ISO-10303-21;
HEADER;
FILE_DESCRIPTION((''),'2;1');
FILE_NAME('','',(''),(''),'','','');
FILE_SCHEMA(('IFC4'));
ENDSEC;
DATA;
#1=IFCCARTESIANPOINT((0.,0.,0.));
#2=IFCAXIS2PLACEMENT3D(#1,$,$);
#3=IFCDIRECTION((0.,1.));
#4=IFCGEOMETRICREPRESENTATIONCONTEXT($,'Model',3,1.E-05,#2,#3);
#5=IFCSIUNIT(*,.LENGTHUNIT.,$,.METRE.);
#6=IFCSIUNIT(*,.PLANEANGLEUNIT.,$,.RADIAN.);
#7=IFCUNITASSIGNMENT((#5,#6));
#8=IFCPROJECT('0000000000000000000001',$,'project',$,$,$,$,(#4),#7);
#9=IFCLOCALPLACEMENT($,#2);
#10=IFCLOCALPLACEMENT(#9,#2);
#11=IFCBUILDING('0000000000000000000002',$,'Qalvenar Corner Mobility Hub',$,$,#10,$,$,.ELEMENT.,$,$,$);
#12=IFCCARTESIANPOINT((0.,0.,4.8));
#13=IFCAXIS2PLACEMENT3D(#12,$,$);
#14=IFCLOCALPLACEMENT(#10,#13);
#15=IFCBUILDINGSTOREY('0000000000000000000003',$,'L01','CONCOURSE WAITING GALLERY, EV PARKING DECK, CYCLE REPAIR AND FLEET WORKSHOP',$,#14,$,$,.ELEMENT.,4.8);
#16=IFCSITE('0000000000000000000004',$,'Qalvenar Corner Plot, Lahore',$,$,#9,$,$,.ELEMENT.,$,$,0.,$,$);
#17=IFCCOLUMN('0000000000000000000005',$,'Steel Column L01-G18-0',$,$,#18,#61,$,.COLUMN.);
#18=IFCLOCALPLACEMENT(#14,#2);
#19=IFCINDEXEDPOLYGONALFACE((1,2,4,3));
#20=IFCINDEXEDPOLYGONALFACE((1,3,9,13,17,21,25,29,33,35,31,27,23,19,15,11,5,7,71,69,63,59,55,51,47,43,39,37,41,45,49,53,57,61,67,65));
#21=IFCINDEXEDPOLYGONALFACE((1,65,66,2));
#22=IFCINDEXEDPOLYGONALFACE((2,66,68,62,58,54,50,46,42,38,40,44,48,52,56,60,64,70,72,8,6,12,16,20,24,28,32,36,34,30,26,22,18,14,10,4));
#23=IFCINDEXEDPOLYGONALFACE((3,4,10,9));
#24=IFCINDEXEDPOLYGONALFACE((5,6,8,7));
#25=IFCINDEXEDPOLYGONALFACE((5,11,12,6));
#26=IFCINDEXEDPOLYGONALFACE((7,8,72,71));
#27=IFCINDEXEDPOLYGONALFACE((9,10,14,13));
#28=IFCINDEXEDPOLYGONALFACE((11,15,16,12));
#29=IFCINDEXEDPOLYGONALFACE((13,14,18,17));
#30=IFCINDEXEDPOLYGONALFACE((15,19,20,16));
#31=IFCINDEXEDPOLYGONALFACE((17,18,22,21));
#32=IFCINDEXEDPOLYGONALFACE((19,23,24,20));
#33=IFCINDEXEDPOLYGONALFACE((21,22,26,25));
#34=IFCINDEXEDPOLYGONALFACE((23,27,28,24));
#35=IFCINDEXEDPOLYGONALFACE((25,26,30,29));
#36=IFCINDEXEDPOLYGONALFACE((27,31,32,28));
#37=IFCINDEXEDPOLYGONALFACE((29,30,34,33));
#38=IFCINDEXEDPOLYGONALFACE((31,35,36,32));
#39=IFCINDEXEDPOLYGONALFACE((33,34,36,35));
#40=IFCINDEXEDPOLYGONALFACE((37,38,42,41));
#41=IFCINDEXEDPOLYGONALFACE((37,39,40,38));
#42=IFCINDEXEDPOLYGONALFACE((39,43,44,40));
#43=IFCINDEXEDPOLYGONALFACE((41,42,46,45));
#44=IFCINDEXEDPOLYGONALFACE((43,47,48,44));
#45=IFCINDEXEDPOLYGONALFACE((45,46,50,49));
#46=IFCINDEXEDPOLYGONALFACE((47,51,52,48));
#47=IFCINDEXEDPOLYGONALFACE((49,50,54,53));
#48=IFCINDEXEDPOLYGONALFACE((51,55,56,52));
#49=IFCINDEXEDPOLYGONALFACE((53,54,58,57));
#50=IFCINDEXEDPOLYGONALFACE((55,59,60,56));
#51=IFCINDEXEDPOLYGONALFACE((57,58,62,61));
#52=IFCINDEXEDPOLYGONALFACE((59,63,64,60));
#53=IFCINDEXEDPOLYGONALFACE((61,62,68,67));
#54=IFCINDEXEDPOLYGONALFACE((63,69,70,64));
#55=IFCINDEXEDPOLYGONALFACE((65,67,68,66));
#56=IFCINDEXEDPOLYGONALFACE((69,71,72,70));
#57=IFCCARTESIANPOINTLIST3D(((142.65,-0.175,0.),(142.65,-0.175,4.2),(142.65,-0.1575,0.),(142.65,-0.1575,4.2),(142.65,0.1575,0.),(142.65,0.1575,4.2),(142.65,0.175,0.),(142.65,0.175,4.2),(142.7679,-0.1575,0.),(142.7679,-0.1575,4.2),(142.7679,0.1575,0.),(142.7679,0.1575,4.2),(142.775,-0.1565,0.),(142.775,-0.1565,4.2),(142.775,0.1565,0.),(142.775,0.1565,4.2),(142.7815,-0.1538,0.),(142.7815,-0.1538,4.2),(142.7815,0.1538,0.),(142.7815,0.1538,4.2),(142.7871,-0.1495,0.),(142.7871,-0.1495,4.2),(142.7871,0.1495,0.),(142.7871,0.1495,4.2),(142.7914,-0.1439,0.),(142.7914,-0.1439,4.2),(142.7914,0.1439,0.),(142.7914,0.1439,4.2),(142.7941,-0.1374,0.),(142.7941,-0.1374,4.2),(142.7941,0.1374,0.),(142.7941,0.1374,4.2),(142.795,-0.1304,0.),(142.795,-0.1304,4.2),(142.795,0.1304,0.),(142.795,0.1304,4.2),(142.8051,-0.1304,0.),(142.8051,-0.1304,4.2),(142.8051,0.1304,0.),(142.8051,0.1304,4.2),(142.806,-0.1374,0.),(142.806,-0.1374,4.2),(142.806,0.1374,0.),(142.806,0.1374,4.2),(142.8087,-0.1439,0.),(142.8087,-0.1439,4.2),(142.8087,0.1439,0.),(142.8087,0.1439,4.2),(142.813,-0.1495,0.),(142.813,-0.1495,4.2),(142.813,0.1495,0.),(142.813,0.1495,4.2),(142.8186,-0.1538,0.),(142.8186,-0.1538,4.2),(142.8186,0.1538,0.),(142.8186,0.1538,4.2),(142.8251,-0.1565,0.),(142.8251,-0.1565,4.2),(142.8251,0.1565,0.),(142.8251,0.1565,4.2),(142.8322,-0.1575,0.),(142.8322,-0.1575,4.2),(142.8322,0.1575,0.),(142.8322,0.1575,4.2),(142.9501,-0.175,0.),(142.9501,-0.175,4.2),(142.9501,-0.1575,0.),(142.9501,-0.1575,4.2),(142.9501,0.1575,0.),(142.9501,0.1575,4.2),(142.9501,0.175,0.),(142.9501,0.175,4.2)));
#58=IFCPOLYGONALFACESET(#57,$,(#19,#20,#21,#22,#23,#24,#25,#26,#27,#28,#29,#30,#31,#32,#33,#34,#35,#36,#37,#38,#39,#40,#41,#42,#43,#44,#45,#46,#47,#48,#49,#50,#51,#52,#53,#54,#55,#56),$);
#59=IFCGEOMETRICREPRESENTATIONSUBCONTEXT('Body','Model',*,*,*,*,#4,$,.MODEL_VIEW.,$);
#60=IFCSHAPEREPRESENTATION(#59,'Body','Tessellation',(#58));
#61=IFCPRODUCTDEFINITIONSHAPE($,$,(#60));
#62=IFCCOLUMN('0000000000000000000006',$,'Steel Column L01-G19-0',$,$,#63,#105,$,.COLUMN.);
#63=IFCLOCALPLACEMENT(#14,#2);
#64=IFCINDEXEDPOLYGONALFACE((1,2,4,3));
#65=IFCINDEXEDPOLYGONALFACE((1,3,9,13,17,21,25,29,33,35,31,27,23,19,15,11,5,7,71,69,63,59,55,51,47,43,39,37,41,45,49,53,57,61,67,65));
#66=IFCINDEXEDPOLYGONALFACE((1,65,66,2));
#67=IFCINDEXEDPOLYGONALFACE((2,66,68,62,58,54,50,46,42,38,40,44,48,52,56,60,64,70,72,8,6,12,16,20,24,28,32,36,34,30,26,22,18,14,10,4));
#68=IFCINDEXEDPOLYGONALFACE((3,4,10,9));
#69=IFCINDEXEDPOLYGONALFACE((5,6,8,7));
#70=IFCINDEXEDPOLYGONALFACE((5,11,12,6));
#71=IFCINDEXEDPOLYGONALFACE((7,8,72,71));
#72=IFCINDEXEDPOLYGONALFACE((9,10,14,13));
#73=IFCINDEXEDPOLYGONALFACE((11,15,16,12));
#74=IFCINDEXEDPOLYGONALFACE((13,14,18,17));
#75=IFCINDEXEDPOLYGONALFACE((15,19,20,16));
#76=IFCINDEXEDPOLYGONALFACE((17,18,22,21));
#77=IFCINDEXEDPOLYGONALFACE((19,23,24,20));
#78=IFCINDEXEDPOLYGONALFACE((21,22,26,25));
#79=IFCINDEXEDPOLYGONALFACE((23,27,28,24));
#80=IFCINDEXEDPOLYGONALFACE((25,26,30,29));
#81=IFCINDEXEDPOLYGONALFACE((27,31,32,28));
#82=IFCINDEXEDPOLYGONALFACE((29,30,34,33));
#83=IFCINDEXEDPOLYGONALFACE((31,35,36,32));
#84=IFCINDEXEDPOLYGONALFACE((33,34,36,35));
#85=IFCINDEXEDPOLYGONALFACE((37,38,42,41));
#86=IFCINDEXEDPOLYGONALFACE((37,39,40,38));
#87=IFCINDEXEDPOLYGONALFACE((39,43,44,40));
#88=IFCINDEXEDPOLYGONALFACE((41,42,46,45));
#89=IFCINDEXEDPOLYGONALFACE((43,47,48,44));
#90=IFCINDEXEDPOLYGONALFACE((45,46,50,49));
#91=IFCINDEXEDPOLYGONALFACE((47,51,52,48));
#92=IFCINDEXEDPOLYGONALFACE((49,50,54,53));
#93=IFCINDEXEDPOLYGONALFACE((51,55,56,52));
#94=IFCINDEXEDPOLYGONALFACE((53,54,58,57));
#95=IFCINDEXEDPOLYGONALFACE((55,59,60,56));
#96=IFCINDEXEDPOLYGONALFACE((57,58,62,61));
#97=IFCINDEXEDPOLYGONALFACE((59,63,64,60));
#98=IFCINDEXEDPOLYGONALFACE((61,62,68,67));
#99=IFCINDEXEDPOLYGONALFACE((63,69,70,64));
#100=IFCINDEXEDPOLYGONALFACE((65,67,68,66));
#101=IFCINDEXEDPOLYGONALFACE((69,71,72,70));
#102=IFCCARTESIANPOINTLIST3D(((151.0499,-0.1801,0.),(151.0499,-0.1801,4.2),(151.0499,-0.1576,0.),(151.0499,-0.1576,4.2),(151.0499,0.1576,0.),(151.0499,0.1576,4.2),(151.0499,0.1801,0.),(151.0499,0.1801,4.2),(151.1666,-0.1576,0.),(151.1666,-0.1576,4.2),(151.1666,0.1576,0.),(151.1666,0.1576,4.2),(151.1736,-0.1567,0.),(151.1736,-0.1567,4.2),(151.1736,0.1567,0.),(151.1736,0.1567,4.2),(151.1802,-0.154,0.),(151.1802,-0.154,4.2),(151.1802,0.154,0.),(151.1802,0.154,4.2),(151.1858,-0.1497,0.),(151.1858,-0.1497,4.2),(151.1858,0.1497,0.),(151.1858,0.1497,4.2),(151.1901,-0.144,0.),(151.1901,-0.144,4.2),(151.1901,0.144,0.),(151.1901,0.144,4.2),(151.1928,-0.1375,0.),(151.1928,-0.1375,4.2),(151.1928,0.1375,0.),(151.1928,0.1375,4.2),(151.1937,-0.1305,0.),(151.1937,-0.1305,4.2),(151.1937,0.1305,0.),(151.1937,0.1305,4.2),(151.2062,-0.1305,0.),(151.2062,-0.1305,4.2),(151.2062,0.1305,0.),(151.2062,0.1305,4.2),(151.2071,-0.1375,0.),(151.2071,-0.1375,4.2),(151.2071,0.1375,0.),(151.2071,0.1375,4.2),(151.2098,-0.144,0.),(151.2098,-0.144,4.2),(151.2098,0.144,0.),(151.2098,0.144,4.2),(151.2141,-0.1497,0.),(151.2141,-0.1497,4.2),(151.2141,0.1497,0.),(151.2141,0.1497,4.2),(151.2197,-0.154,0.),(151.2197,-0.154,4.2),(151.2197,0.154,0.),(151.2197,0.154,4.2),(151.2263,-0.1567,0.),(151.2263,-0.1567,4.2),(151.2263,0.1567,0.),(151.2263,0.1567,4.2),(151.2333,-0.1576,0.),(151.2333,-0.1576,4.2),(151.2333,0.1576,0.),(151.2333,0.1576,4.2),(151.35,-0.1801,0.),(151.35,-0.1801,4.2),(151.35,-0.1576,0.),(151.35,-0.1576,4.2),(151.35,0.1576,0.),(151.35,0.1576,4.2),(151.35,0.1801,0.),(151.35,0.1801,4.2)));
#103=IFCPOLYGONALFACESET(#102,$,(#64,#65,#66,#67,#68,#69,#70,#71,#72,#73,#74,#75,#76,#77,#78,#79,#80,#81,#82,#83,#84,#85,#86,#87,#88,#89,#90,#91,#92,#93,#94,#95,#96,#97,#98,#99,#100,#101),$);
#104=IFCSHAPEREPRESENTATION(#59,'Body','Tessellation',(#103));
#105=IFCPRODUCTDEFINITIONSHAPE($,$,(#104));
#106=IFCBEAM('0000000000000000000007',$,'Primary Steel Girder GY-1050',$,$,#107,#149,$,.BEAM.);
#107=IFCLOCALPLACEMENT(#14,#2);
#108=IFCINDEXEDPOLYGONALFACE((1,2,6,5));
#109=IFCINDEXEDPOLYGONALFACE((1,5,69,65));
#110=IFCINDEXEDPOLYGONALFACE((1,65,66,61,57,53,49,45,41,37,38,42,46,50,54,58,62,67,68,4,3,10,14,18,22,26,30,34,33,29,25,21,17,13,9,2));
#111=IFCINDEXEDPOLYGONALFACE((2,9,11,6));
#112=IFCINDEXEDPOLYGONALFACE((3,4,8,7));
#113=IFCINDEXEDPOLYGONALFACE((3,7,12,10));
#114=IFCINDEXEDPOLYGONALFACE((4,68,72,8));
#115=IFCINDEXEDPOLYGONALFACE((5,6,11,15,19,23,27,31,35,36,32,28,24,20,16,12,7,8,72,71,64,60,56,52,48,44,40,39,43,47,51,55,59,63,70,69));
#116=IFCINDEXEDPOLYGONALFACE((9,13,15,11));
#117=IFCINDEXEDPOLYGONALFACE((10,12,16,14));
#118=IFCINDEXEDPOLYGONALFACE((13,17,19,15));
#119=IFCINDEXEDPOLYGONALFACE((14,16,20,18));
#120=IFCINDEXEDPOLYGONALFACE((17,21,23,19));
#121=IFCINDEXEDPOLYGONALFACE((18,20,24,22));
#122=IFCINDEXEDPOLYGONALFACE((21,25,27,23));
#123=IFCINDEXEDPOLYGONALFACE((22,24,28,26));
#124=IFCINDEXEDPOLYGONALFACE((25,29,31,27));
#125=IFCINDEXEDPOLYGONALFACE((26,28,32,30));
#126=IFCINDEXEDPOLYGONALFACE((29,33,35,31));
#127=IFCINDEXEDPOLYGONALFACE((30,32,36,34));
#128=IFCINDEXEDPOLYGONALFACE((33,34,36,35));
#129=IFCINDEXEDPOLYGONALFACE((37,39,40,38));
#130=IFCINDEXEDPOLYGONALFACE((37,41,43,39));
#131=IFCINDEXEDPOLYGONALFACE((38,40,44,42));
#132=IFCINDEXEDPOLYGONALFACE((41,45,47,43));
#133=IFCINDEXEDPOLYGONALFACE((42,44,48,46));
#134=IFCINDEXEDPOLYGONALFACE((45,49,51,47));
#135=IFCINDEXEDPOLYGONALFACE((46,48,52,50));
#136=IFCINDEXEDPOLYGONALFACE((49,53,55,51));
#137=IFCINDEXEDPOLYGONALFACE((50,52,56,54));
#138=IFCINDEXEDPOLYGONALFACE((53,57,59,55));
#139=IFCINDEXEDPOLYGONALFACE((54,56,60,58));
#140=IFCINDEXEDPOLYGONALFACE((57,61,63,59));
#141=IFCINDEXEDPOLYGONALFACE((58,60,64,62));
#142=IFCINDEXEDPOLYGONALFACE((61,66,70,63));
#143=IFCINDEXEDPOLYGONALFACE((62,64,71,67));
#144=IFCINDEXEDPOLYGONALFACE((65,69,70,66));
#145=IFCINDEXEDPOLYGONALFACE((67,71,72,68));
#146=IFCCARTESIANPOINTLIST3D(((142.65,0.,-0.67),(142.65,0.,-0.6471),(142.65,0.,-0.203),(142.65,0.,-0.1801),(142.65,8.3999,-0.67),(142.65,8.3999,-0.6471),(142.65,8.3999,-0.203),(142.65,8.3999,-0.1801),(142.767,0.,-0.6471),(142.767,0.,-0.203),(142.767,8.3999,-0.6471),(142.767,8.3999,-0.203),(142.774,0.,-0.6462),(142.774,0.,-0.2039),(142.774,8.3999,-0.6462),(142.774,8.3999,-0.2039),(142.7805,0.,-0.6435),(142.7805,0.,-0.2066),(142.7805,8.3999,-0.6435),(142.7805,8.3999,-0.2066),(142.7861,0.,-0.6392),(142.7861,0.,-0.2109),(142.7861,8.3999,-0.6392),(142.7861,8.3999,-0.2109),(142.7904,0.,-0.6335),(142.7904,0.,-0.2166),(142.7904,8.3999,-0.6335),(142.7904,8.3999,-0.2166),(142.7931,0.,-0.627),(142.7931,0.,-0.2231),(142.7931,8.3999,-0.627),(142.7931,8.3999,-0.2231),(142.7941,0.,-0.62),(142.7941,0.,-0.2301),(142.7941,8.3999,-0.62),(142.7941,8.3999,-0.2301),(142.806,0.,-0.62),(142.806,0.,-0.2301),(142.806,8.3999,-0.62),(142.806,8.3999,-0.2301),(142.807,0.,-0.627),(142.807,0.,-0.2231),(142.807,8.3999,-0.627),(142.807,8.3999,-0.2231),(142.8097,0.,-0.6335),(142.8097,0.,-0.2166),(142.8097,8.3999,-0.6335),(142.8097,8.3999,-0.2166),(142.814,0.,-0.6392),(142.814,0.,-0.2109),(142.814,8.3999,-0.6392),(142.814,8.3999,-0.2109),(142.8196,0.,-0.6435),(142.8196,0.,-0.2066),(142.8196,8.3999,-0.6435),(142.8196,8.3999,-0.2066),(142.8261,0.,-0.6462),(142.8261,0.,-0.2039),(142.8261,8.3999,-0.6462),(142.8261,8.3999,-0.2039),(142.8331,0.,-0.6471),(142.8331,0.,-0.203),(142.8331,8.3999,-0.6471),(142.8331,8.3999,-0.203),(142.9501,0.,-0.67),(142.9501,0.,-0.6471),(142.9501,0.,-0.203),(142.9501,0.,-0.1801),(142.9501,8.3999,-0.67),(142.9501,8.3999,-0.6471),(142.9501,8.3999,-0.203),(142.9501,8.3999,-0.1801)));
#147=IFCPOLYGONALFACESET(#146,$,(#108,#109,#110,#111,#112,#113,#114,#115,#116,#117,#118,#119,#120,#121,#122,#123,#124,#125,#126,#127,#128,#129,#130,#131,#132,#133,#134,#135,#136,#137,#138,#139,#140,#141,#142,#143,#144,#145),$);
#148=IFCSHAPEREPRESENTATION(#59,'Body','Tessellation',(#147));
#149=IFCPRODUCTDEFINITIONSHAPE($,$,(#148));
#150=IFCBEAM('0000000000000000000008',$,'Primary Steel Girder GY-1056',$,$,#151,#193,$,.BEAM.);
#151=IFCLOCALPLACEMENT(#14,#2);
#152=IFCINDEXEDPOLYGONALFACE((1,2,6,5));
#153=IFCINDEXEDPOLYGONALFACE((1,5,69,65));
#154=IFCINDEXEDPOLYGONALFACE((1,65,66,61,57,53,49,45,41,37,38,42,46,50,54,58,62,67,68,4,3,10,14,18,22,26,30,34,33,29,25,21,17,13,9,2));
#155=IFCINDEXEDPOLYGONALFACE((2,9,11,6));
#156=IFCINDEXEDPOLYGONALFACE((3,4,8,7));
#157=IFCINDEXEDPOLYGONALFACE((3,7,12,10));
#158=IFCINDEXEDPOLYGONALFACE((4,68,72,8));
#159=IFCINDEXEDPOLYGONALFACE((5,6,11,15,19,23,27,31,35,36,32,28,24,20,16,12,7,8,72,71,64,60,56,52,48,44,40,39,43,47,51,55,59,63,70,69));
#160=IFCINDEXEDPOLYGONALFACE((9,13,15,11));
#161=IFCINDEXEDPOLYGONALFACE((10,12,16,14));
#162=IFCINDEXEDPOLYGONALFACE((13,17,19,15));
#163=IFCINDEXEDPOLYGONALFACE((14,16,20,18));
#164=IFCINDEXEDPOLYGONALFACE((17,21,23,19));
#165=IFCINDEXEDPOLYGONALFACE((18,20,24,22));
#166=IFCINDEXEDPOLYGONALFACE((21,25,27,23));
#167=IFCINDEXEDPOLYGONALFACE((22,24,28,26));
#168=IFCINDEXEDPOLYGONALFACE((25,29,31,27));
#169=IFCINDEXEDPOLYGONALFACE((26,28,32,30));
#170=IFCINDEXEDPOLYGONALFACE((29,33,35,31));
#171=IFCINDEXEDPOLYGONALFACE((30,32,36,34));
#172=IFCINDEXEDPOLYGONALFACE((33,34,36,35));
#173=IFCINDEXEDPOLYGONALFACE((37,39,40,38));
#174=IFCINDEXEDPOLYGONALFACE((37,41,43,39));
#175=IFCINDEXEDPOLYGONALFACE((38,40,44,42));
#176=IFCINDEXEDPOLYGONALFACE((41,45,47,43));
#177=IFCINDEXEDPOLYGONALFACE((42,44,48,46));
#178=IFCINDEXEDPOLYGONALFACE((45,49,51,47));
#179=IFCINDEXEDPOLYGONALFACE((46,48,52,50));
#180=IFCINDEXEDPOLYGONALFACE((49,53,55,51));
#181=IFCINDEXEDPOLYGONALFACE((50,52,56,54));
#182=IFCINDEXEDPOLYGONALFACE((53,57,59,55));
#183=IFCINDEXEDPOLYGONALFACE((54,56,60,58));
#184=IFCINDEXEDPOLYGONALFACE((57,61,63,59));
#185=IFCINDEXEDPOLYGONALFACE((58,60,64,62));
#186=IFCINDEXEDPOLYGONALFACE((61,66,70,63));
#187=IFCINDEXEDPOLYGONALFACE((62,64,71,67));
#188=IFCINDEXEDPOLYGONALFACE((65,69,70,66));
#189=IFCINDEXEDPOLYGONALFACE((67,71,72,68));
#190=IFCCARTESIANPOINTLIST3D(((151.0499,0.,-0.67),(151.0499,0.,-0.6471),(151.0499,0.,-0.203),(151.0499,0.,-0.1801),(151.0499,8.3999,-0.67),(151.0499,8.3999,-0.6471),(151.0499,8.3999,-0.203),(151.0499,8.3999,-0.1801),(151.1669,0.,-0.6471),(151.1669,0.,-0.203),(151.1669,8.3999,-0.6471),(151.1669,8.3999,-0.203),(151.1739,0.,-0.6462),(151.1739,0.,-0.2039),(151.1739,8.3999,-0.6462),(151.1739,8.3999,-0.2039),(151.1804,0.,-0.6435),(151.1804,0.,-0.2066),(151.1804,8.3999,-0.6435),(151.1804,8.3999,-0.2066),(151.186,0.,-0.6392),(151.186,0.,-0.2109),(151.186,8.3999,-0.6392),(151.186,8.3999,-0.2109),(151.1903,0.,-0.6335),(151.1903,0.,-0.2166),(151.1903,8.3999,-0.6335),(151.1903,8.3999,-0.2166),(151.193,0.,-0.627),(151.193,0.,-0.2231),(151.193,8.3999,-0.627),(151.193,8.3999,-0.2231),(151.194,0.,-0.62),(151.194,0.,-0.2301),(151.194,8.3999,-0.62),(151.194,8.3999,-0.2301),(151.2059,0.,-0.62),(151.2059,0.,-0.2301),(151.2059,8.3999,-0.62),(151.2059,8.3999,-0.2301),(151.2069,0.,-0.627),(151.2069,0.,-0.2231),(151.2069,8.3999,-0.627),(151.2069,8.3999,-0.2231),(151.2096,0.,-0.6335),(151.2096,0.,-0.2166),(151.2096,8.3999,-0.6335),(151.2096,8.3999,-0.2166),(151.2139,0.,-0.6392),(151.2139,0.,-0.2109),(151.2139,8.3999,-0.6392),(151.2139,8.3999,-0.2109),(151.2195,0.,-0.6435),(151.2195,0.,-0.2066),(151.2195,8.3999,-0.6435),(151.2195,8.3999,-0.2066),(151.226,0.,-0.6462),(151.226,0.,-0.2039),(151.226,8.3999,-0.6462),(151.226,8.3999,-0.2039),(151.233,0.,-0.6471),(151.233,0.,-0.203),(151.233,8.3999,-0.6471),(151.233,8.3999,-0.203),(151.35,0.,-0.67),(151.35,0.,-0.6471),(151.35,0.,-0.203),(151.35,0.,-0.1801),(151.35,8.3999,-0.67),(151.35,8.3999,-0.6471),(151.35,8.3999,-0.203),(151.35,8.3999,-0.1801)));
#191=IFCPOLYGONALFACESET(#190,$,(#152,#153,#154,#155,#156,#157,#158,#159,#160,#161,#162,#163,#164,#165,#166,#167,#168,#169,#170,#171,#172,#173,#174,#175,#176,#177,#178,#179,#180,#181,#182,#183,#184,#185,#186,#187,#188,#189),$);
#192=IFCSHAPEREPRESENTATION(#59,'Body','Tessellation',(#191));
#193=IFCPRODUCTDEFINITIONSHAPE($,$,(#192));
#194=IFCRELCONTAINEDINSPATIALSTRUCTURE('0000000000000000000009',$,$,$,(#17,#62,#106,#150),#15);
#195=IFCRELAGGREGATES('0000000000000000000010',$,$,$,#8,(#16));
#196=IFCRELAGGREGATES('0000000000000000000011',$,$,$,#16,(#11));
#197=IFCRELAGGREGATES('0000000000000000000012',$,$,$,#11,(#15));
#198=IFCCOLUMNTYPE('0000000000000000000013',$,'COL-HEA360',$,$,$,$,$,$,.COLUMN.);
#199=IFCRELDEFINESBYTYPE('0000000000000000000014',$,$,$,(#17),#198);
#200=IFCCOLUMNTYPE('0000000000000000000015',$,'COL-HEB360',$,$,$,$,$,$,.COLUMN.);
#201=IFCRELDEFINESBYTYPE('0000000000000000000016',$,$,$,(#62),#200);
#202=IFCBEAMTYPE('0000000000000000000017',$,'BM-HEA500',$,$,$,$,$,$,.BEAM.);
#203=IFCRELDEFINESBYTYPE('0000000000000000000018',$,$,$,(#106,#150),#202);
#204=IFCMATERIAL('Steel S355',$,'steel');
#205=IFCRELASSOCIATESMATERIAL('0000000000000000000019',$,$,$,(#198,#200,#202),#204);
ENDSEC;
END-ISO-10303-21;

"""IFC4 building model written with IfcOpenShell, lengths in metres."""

from ifc_helpers import new_model, si_unit, direction, frame, origin, origin_2d, place, context, subcontext, project, spatial, i_section, extrude, material, material_profile, profile_set, type_object, element, save


model = new_model("IFC4")

# Units and contexts
model_context = context("Model", 3, precision=1e-05, world=origin(), true_north=direction((0.0, 1.0)))
body_context = subcontext(model_context, "Body", "Model", "MODEL_VIEW")
ifc_project = project(units=[si_unit("LENGTHUNIT", "METRE"), si_unit("PLANEANGLEUNIT", "RADIAN")], contexts=[model_context])

# Site, building, storey
site_placement = place(None, origin())
site = spatial("IfcSite", under=ifc_project, at=site_placement, Name="Qalvenar Corner Plot, Lahore", CompositionType="ELEMENT", RefElevation=0.0)
building_placement = place(site_placement, origin())
building = spatial("IfcBuilding", under=site, at=building_placement, Name="Qalvenar Corner Mobility Hub", CompositionType="ELEMENT")
storey_placement = place(building_placement, frame((0.0, 0.0, 4.8)))
storey = spatial("IfcBuildingStorey", under=building, at=storey_placement, Name="L01", Description="CONCOURSE WAITING GALLERY, EV PARKING DECK, CYCLE REPAIR AND FLEET WORKSHOP", CompositionType="ELEMENT", Elevation=4.8)

# Columns
ifc_material_1 = material(Name="Steel S355", Category="steel")
ifc_material_profile_1 = material_profile(ifc_material_1, i_section(OverallWidth=0.3, OverallDepth=0.3501, WebThickness=0.01, FlangeThickness=0.0176, FilletRadius=0.0271, at=origin_2d()), Name="HEA360")
ifc_profile_set_1 = profile_set([ifc_material_profile_1], Name="Steel S355")
column_type_1 = type_object("IfcColumnType", Name="COL-HEA360", PredefinedType="COLUMN", material=ifc_profile_set_1)
column_1_placement = place(storey_placement, frame((142.8, 0.0, 0.0), z_axis=(0.0, 0.0, 1.0), x_axis=(1.0, 0.0, 0.0)))
element("IfcColumn", 1, at=column_1_placement, inside=storey, type_object=column_type_1, Name="Steel Column L01-G18-0", PredefinedType="COLUMN", context=body_context, shape_type="SweptSolid", body=[
    extrude(i_section(OverallWidth=0.3, OverallDepth=0.3501, WebThickness=0.01, FlangeThickness=0.0176, FilletRadius=0.0271, at=origin_2d()), origin(), (0.0, 0.0, 1.0), 4.2),
])
ifc_material_profile_2 = material_profile(ifc_material_1, i_section(OverallWidth=0.3, OverallDepth=0.3601, WebThickness=0.0125, FlangeThickness=0.0225, FilletRadius=0.0271, at=origin_2d()), Name="HEB360")
ifc_profile_set_2 = profile_set([ifc_material_profile_2], Name="Steel S355")
column_type_2 = type_object("IfcColumnType", Name="COL-HEB360", PredefinedType="COLUMN", material=ifc_profile_set_2)
column_2_placement = place(storey_placement, frame((151.2, 0.0, 0.0), z_axis=(0.0, 0.0, 1.0), x_axis=(1.0, 0.0, 0.0)))
element("IfcColumn", 2, at=column_2_placement, inside=storey, type_object=column_type_2, Name="Steel Column L01-G19-0", PredefinedType="COLUMN", context=body_context, shape_type="SweptSolid", body=[
    extrude(i_section(OverallWidth=0.3, OverallDepth=0.3601, WebThickness=0.0125, FlangeThickness=0.0225, FilletRadius=0.0271, at=origin_2d()), origin(), (0.0, 0.0, 1.0), 4.2),
])

# Beams
ifc_material_profile_3 = material_profile(ifc_material_1, i_section(OverallWidth=0.3, OverallDepth=0.49, WebThickness=0.012, FlangeThickness=0.0229, FilletRadius=0.0271, at=origin_2d()), Name="HEA500")
ifc_profile_set_3 = profile_set([ifc_material_profile_3], Name="Steel S355")
beam_type_1 = type_object("IfcBeamType", Name="BM-HEA500", PredefinedType="BEAM", material=ifc_profile_set_3)
for number, where, z_axis, x_axis, name in (
    (3, (142.8, 0.0, -0.425), (0.0, 1.0, 0.0), (-1.0, 0.0, 0.0), "Primary Steel Girder GY-1050"),
    (4, (151.2, 0.0, -0.425), (0.0, 1.0, 0.0), (-1.0, 0.0, 0.0), "Primary Steel Girder GY-1056"),
):
    element("IfcBeam", number, at=place(storey_placement, frame(where, z_axis=z_axis, x_axis=x_axis)), inside=storey, type_object=beam_type_1, Name=name, PredefinedType="BEAM", context=body_context, shape_type="SweptSolid", body=[
        extrude(i_section(OverallWidth=0.3, OverallDepth=0.49, WebThickness=0.012, FlangeThickness=0.0229, FilletRadius=0.0271, at=origin_2d()), origin(), (0.0, 0.0, 1.0), 8.3999),
    ])

save(model, "model.ifc")
